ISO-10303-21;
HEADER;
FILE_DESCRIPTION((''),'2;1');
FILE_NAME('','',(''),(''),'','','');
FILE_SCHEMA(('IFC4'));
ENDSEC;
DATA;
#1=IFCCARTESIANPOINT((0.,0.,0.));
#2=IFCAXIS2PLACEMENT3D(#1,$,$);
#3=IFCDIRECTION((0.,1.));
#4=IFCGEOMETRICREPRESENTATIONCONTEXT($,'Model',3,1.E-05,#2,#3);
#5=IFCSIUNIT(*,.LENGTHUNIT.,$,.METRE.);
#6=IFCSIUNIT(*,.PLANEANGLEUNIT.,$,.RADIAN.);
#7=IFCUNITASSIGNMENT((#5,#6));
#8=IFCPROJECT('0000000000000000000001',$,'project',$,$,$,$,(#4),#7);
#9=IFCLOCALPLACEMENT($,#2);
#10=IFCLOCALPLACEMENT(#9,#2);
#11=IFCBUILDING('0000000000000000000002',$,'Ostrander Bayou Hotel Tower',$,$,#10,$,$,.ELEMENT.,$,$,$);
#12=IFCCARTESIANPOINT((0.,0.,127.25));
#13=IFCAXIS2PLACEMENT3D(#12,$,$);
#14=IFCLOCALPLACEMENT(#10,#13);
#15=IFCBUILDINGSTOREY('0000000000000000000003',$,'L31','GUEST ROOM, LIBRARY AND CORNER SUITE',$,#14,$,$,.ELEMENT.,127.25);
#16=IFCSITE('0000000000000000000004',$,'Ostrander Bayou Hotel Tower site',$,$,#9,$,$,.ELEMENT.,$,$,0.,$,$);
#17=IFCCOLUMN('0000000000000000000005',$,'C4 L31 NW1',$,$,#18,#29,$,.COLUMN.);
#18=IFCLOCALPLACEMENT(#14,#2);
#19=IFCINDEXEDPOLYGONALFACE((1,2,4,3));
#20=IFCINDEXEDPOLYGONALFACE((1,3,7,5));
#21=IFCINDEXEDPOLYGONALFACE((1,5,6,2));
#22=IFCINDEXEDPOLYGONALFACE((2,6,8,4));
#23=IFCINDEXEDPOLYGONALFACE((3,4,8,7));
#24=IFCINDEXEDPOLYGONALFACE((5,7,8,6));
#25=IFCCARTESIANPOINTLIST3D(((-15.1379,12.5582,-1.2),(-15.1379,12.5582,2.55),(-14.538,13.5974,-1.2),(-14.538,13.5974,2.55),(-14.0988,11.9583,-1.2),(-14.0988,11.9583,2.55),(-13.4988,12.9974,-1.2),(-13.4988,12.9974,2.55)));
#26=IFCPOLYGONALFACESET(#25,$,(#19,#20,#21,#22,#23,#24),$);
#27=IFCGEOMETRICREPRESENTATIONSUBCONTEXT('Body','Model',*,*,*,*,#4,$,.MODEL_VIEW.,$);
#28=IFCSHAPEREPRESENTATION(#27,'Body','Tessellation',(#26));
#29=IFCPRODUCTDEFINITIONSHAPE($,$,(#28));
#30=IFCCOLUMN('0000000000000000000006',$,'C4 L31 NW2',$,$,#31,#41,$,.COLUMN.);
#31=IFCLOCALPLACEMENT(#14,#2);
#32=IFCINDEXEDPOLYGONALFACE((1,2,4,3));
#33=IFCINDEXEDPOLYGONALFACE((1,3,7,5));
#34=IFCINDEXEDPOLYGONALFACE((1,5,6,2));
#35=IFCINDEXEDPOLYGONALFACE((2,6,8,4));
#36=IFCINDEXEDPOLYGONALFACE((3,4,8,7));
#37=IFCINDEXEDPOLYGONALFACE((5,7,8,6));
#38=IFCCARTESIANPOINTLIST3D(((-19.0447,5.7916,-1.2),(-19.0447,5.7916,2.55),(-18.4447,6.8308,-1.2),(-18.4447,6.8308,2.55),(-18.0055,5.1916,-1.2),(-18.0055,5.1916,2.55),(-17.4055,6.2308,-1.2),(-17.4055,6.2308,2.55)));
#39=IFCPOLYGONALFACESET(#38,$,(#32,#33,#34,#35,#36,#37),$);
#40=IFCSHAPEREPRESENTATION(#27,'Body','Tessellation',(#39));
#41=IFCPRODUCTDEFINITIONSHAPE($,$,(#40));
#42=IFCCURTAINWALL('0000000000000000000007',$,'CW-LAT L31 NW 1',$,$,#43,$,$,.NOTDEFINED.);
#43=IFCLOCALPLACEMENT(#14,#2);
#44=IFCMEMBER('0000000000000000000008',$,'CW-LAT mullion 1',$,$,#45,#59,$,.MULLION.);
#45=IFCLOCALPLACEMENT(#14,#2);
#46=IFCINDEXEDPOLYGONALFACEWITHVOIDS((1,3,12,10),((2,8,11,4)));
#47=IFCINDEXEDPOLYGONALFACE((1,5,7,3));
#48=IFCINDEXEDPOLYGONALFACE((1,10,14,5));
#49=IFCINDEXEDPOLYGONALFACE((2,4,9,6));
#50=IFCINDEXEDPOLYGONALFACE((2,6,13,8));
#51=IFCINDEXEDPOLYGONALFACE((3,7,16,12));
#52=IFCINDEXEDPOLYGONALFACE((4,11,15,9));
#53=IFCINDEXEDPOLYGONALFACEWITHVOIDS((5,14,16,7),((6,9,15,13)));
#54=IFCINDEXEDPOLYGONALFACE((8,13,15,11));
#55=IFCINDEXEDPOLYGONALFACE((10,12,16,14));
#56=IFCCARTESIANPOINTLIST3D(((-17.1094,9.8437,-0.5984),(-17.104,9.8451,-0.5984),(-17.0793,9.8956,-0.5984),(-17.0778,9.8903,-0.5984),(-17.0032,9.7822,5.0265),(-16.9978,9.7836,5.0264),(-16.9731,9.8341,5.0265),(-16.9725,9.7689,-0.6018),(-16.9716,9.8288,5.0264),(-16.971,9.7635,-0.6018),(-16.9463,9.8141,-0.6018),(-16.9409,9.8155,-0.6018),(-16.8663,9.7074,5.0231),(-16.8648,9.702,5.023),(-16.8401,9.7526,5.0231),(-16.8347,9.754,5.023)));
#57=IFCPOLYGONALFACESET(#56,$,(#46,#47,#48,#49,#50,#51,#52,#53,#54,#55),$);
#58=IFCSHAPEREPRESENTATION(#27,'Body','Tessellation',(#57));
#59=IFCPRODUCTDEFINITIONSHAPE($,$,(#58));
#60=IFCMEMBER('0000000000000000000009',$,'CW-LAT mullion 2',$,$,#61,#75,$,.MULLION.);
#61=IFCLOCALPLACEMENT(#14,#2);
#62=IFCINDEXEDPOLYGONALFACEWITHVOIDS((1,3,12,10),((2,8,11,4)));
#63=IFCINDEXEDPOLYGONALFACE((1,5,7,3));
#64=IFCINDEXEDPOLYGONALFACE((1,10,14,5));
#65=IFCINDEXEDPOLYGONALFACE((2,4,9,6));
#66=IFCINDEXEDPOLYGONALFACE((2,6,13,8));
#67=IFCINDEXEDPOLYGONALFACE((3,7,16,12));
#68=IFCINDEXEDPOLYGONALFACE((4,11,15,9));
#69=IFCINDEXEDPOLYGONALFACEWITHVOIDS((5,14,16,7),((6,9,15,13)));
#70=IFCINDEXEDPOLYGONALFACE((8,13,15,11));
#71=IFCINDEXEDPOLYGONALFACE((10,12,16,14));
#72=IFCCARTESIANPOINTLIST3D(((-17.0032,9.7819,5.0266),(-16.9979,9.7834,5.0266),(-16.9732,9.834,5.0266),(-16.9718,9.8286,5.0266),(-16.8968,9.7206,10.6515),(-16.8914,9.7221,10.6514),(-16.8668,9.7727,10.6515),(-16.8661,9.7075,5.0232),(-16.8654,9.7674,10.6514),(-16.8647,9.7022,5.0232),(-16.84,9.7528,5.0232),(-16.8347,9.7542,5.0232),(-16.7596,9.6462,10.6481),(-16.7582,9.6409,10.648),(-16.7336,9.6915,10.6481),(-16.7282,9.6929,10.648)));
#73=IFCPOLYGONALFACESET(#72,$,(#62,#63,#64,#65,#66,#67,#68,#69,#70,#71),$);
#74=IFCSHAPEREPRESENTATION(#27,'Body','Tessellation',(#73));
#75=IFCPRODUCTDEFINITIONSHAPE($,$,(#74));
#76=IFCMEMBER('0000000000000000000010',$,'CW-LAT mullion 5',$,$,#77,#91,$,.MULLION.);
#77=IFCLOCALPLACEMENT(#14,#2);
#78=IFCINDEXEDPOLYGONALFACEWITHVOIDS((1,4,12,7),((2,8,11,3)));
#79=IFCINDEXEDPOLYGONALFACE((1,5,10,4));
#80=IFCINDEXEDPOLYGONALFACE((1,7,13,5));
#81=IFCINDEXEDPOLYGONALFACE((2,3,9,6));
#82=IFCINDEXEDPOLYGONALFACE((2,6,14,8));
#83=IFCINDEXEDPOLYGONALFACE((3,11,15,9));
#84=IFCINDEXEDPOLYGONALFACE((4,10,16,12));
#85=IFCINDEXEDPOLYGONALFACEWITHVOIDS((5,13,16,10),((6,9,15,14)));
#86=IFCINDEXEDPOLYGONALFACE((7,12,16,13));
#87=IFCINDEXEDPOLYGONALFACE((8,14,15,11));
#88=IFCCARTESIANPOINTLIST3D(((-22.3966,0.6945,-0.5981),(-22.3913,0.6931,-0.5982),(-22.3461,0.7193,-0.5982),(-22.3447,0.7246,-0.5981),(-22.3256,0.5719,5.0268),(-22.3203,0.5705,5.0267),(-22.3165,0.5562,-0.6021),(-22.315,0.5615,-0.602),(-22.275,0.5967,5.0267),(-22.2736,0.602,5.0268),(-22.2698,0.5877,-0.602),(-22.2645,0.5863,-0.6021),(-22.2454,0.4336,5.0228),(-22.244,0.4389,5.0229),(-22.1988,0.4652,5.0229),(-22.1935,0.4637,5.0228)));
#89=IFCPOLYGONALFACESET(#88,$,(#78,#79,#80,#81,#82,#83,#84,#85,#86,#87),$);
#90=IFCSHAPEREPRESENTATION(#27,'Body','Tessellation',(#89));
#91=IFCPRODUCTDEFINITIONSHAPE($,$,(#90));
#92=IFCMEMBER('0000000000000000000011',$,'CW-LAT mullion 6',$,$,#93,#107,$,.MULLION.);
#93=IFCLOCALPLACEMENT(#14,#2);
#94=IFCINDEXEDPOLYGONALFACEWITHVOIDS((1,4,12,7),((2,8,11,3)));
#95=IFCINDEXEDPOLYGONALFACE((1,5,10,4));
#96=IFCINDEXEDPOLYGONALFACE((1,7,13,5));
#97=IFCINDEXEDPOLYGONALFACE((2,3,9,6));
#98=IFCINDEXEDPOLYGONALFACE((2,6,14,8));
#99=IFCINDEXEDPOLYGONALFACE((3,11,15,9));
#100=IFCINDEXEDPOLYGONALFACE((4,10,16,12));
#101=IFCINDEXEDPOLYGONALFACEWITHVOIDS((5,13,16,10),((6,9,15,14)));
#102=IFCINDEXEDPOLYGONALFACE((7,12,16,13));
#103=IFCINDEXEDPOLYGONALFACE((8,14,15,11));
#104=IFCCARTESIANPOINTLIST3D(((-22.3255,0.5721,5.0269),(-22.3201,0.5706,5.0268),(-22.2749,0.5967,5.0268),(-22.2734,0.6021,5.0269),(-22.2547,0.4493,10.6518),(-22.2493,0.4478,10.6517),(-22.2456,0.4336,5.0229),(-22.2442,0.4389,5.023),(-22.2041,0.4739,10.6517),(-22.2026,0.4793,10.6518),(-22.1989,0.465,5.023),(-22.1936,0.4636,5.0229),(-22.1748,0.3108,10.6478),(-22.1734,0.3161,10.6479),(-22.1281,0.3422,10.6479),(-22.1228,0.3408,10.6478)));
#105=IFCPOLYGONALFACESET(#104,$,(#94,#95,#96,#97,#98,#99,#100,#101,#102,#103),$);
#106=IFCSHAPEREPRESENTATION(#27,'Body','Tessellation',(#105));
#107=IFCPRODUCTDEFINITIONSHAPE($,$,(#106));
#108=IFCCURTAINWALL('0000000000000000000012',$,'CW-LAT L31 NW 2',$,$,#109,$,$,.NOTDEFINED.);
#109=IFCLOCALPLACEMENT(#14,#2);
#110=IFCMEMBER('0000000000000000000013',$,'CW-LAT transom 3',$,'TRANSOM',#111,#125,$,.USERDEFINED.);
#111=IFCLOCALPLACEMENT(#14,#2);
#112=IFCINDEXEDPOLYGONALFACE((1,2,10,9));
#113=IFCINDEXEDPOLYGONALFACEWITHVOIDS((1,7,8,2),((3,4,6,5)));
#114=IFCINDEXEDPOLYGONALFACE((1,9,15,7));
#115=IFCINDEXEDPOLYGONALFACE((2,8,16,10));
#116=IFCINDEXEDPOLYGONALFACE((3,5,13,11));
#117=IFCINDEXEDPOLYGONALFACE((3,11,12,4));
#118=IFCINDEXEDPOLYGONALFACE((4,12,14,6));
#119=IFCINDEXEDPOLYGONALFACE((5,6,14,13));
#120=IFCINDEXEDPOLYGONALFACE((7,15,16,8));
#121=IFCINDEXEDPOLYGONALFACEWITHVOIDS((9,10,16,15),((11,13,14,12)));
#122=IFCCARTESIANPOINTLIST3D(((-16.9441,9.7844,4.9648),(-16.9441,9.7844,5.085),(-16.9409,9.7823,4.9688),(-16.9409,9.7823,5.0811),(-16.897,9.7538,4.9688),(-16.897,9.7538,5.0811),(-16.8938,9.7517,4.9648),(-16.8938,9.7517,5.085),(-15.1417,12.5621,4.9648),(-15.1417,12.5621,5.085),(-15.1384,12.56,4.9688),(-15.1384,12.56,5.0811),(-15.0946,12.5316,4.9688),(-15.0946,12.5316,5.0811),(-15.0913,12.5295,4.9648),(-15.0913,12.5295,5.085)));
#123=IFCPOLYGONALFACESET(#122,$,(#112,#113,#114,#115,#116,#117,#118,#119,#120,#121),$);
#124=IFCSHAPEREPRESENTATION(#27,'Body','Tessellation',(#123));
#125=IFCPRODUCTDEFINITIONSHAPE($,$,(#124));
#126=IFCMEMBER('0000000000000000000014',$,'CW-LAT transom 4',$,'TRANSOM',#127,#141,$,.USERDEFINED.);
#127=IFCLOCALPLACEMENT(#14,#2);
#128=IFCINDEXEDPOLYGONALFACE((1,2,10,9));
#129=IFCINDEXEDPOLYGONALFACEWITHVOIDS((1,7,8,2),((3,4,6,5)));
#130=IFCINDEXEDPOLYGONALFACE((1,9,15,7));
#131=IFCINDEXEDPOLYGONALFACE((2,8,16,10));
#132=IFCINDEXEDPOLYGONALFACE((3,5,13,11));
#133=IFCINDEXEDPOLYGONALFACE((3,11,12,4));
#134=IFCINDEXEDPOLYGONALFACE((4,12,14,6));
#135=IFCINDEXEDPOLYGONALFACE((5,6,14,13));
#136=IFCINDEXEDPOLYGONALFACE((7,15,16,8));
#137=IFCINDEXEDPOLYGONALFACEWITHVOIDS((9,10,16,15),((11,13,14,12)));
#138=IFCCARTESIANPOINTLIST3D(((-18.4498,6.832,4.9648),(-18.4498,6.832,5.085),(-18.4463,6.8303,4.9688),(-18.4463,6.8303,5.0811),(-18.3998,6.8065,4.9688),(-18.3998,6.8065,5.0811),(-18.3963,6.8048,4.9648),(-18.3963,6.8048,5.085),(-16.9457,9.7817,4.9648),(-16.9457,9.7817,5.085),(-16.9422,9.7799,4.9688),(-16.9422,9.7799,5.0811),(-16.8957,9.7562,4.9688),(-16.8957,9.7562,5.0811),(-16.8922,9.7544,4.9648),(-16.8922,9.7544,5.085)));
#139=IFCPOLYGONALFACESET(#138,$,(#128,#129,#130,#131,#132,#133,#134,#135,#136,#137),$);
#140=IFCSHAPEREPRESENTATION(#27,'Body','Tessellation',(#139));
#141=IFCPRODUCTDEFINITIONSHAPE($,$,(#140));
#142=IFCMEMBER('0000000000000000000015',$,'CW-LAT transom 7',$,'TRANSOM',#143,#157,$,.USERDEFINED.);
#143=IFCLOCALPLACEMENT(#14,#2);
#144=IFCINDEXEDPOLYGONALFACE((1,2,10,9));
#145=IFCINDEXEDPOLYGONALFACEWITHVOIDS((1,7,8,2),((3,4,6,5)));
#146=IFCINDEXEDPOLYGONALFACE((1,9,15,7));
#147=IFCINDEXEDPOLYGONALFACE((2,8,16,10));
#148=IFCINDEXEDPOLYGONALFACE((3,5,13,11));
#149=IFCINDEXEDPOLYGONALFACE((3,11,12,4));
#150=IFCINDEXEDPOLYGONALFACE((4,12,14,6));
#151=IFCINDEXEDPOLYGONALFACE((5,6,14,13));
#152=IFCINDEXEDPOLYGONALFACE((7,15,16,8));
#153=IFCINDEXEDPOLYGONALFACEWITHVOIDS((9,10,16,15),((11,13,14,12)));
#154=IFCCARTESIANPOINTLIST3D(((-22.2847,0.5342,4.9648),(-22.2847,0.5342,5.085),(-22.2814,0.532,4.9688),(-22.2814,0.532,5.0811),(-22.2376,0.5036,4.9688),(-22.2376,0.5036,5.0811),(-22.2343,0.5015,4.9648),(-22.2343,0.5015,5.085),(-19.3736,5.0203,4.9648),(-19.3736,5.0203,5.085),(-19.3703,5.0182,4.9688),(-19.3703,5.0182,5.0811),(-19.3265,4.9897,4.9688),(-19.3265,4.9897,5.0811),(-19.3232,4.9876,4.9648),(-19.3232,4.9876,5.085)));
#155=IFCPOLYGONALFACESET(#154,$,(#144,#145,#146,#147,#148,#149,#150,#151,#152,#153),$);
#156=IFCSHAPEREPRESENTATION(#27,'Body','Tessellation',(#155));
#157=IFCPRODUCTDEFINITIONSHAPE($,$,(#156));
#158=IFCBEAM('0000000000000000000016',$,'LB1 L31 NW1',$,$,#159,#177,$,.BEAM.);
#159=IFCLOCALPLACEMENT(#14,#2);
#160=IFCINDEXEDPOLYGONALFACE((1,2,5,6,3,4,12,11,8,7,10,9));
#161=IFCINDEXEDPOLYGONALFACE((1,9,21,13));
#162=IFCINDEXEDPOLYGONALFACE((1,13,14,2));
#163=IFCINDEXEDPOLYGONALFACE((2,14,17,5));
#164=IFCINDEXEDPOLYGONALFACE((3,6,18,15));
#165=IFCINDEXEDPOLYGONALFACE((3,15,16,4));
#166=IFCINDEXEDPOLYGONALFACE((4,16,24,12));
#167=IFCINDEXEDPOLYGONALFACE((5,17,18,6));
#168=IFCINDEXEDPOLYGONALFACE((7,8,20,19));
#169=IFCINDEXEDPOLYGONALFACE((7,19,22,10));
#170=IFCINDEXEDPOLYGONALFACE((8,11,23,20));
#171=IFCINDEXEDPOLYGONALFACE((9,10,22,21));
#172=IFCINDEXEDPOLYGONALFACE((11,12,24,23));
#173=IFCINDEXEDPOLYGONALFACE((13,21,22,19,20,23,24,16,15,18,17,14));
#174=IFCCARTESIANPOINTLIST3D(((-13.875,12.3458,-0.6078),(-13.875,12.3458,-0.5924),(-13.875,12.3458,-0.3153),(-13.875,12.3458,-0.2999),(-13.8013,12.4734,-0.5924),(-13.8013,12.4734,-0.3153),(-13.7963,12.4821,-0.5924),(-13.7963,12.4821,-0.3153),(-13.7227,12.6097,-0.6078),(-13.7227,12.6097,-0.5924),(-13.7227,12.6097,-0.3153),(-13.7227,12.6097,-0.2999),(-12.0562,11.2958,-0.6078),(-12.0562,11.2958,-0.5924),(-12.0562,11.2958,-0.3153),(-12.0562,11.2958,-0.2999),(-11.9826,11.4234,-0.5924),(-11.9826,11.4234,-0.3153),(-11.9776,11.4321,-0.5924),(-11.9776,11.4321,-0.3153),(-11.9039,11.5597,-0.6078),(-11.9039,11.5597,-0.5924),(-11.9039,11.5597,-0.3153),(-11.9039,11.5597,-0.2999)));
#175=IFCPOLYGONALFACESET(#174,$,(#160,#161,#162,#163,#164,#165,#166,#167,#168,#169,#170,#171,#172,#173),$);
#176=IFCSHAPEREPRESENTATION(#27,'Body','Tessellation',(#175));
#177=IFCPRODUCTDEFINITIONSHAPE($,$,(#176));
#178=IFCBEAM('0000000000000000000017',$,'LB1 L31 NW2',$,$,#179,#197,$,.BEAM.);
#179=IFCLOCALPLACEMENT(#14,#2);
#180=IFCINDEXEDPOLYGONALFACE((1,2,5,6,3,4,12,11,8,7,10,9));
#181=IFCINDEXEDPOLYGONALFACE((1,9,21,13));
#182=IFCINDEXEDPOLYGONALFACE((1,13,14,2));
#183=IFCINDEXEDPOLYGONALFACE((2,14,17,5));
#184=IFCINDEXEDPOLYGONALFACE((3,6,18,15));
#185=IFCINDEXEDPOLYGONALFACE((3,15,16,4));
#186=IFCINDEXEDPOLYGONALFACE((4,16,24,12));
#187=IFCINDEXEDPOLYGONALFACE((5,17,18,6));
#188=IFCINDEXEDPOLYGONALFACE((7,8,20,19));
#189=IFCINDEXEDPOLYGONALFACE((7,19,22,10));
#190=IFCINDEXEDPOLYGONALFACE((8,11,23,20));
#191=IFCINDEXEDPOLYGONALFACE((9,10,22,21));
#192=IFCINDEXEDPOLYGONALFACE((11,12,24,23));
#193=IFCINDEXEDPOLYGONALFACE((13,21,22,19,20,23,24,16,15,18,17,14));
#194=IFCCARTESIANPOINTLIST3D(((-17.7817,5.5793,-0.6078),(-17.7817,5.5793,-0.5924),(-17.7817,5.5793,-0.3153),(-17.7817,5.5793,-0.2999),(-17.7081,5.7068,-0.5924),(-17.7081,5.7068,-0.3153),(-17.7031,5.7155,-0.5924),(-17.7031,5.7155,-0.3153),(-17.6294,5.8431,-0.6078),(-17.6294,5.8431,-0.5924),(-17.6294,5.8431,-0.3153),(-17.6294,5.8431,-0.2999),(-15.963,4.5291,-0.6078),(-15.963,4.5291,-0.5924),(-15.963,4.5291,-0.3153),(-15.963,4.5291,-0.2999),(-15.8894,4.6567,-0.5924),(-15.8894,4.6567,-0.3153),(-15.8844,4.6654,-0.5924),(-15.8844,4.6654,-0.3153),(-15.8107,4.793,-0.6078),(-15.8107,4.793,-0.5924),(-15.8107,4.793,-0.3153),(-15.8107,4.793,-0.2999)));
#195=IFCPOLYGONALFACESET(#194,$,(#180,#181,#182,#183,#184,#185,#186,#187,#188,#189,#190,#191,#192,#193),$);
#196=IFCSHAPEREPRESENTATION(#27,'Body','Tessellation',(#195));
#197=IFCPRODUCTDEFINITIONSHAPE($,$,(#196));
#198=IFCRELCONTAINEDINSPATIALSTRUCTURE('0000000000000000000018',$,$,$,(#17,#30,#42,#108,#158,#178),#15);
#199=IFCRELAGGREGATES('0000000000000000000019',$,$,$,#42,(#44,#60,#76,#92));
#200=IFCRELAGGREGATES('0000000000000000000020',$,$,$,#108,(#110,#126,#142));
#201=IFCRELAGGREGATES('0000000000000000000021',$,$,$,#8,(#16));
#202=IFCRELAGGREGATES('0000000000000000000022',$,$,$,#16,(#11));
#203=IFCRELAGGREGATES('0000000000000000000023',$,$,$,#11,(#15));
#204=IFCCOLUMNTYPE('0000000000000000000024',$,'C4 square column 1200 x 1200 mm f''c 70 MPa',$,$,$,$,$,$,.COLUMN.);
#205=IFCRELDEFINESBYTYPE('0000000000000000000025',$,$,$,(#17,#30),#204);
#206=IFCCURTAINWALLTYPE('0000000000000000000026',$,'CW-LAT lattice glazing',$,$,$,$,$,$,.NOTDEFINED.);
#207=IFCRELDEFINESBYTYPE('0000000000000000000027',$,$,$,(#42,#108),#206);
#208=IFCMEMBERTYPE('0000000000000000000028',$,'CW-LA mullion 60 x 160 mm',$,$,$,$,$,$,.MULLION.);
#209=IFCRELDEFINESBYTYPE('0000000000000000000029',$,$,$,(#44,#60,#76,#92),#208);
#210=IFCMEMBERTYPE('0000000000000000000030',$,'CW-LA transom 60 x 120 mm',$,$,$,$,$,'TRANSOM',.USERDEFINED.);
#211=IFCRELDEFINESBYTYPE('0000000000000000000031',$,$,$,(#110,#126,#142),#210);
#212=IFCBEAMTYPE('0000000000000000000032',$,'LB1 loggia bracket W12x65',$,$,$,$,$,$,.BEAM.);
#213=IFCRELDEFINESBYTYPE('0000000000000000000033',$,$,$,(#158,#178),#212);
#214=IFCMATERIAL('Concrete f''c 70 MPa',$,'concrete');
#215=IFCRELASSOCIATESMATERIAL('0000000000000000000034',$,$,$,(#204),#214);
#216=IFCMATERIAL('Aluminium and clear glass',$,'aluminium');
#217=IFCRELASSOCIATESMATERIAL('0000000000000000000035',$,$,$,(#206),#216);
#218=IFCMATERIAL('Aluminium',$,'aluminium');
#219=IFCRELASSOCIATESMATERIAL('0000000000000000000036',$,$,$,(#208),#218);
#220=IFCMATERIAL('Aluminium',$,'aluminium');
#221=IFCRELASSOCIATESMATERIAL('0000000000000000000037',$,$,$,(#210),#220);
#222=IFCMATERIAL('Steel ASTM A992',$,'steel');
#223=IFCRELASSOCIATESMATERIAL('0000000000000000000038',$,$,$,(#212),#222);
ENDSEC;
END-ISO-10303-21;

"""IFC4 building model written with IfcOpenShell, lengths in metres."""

from ifc_helpers import new_model, si_unit, direction, frame, origin, origin_2d, place, context, subcontext, project, spatial, rectangle, hollow_rectangle, i_section, extrude, material, material_profile, profile_set, type_object, element, aggregate, save


model = new_model("IFC4")

# Units and contexts
model_context = context("Model", 3, precision=1e-05, world=origin(), true_north=direction((0.0, 1.0)))
body_context = subcontext(model_context, "Body", "Model", "MODEL_VIEW")
ifc_project = project(units=[si_unit("LENGTHUNIT", "METRE"), si_unit("PLANEANGLEUNIT", "RADIAN")], contexts=[model_context])

# Site, building, storey
site_placement = place(None, origin())
site = spatial("IfcSite", under=ifc_project, at=site_placement, Name="Ostrander Bayou Hotel Tower site", CompositionType="ELEMENT", RefElevation=0.0)
building_placement = place(site_placement, origin())
building = spatial("IfcBuilding", under=site, at=building_placement, Name="Ostrander Bayou Hotel Tower", CompositionType="ELEMENT")
storey_placement = place(building_placement, frame((0.0, 0.0, 127.25)))
storey = spatial("IfcBuildingStorey", under=building, at=storey_placement, Name="L31", Description="GUEST ROOM, LIBRARY AND CORNER SUITE", CompositionType="ELEMENT", Elevation=127.25)

# Columns
ifc_material_1 = material(Name="Concrete f'c 70 MPa", Category="concrete")
ifc_material_profile_1 = material_profile(ifc_material_1, rectangle(XDim=1.2, YDim=1.2, at=origin_2d()))
ifc_profile_set_1 = profile_set([ifc_material_profile_1], Name="Concrete f'c 70 MPa")
column_type = type_object("IfcColumnType", Name="C4 square column 1200 x 1200 mm f'c 70 MPa", PredefinedType="COLUMN", material=ifc_profile_set_1)
for number, where, z_axis, x_axis, name in (
    (1, (-14.3184, 12.7778, -1.2), (0.0, 0.0, 1.0), (0.5, 0.866025, 0.0), "C4 L31 NW1"),
    (2, (-18.2251, 6.0112, -1.2), (0.0, 0.0, 1.0), (0.5, 0.866025, 0.0), "C4 L31 NW2"),
):
    element("IfcColumn", number, at=place(storey_placement, frame(where, z_axis=z_axis, x_axis=x_axis)), inside=storey, type_object=column_type, Name=name, PredefinedType="COLUMN", context=body_context, shape_type="SweptSolid", body=[
        extrude(rectangle(XDim=1.2, YDim=1.2, at=origin_2d()), origin(), (0.0, 0.0, 1.0), 3.75),
    ])

# Curtain walls, members
ifc_material_2 = material(Name="Aluminium and clear glass", Category="aluminium")
curtain_wall_type = type_object("IfcCurtainWallType", Name="CW-LAT lattice glazing", PredefinedType="NOTDEFINED", material=ifc_material_2)
curtain_wall_1_placement = place(storey_placement, origin())
curtain_wall_1 = element("IfcCurtainWall", 3, at=curtain_wall_1_placement, inside=storey, type_object=curtain_wall_type, Name="CW-LAT L31 NW 1", PredefinedType="NOTDEFINED")
ifc_material_3 = material(Name="Aluminium", Category="aluminium")
ifc_material_profile_2 = material_profile(ifc_material_3, hollow_rectangle(XDim=0.0601, YDim=0.1599, WallThickness=0.0039, at=origin_2d()))
ifc_profile_set_2 = profile_set([ifc_material_profile_2], Name="Aluminium")
member_type_1 = type_object("IfcMemberType", Name="CW-LA mullion 60 x 160 mm", PredefinedType="MULLION", material=ifc_profile_set_2)
member_1_placement = place(storey_placement, frame((-17.0251, 9.8296, -0.6001), z_axis=(0.018876, -0.010935, 0.999762), x_axis=(0.501271, 0.86529, 0.0)))
member_1 = element("IfcMember", 4, at=member_1_placement, type_object=member_type_1, Name="CW-LAT mullion 1", PredefinedType="MULLION", context=body_context, shape_type="SweptSolid", body=[
    extrude(hollow_rectangle(XDim=0.0601, YDim=0.1599, WallThickness=0.0039, at=origin_2d()), origin(), (0.0, 0.0, 1.0), 5.6262),
])
member_2_placement = place(storey_placement, frame((-16.9189, 9.7681, 5.0249), z_axis=(0.018919, -0.010892, 0.999762), x_axis=(0.498919, 0.866649, 0.0)))
member_2 = element("IfcMember", 5, at=member_2_placement, type_object=member_type_1, Name="CW-LAT mullion 2", PredefinedType="MULLION", context=body_context, shape_type="SweptSolid", body=[
    extrude(hollow_rectangle(XDim=0.0601, YDim=0.1599, WallThickness=0.0039, at=origin_2d()), origin(), (0.0, 0.0, 1.0), 5.6262),
])
member_3_placement = place(storey_placement, frame((-22.3306, 0.6404, -0.6001), z_axis=(0.012626, -0.021781, 0.999683), x_axis=(0.865151, 0.501512, 0.0)))
member_3 = element("IfcMember", 6, at=member_3_placement, type_object=member_type_1, Name="CW-LAT mullion 5", PredefinedType="MULLION", context=body_context, shape_type="SweptSolid", body=[
    extrude(hollow_rectangle(XDim=0.0601, YDim=0.1599, WallThickness=0.0039, at=origin_2d()), origin(), (0.0, 0.0, 1.0), 5.6267),
])
member_4_placement = place(storey_placement, frame((-22.2595, 0.5178, 5.0249), z_axis=(0.012583, -0.021825, 0.999683), x_axis=(0.866329, 0.499474, 0.0)))
member_4 = element("IfcMember", 7, at=member_4_placement, type_object=member_type_1, Name="CW-LAT mullion 6", PredefinedType="MULLION", context=body_context, shape_type="SweptSolid", body=[
    extrude(hollow_rectangle(XDim=0.0601, YDim=0.1599, WallThickness=0.0039, at=origin_2d()), origin(), (0.0, 0.0, 1.0), 5.6267),
])
curtain_wall_2_placement = place(storey_placement, origin())
curtain_wall_2 = element("IfcCurtainWall", 8, at=curtain_wall_2_placement, inside=storey, type_object=curtain_wall_type, Name="CW-LAT L31 NW 2", PredefinedType="NOTDEFINED")
ifc_material_4 = material(Name="Aluminium", Category="aluminium")
ifc_material_profile_3 = material_profile(ifc_material_4, hollow_rectangle(XDim=0.0601, YDim=0.1201, WallThickness=0.0039, at=origin_2d()))
ifc_profile_set_3 = profile_set([ifc_material_profile_3], Name="Aluminium")
member_type_2 = type_object("IfcMemberType", Name="CW-LA transom 60 x 120 mm", ElementType="TRANSOM", PredefinedType="USERDEFINED", material=ifc_profile_set_3)
member_5_placement = place(storey_placement, frame((-16.9189, 9.7681, 5.0249), z_axis=(0.54433, 0.838871, 0.0), x_axis=(-0.838871, 0.54433, 0.0)))
member_5 = element("IfcMember", 9, at=member_5_placement, type_object=member_type_2, Name="CW-LAT transom 3", ObjectType="TRANSOM", PredefinedType="USERDEFINED", context=body_context, shape_type="SweptSolid", body=[
    extrude(hollow_rectangle(XDim=0.0601, YDim=0.1201, WallThickness=0.0039, at=origin_2d()), origin(), (0.0, 0.0, 1.0), 3.3113),
])
member_6_placement = place(storey_placement, frame((-16.9189, 9.7681, 5.0249), z_axis=(-0.454278, -0.89086, 0.0), x_axis=(0.89086, -0.454278, 0.0)))
member_6 = element("IfcMember", 10, at=member_6_placement, type_object=member_type_2, Name="CW-LAT transom 4", ObjectType="TRANSOM", PredefinedType="USERDEFINED", context=body_context, shape_type="SweptSolid", body=[
    extrude(hollow_rectangle(XDim=0.0601, YDim=0.1201, WallThickness=0.0039, at=origin_2d()), origin(), (0.0, 0.0, 1.0), 3.311),
])
member_7_placement = place(storey_placement, frame((-22.2595, 0.5178, 5.0249), z_axis=(0.544354, 0.838855, 0.0), x_axis=(-0.838855, 0.544354, 0.0)))
member_7 = element("IfcMember", 11, at=member_7_placement, type_object=member_type_2, Name="CW-LAT transom 7", ObjectType="TRANSOM", PredefinedType="USERDEFINED", context=body_context, shape_type="SweptSolid", body=[
    extrude(hollow_rectangle(XDim=0.0601, YDim=0.1201, WallThickness=0.0039, at=origin_2d()), origin(), (0.0, 0.0, 1.0), 5.3479),
])

# Beams
ifc_material_5 = material(Name="Steel ASTM A992", Category="steel")
ifc_material_profile_4 = material_profile(ifc_material_5, i_section(OverallWidth=0.3047, OverallDepth=0.3079, WebThickness=0.01, FlangeThickness=0.0154, at=origin_2d()))
ifc_profile_set_4 = profile_set([ifc_material_profile_4], Name="Steel ASTM A992")
beam_type_1 = type_object("IfcBeamType", Name="LB1 loggia bracket W12x65", PredefinedType="BEAM", material=ifc_profile_set_4)
for number, where, z_axis, x_axis, name in (
    (12, (-13.7988, 12.4778, -0.4539), (0.866038, -0.499977, 0.0), (0.499977, 0.866038, 0.0), "LB1 L31 NW1"),
    (13, (-17.7056, 5.7112, -0.4539), (0.866009, -0.500028, 0.0), (0.500028, 0.866009, 0.0), "LB1 L31 NW2"),
):
    element("IfcBeam", number, at=place(storey_placement, frame(where, z_axis=z_axis, x_axis=x_axis)), inside=storey, type_object=beam_type_1, Name=name, PredefinedType="BEAM", context=body_context, shape_type="SweptSolid", body=[
        extrude(i_section(OverallWidth=0.3047, OverallDepth=0.3079, WebThickness=0.01, FlangeThickness=0.0154, at=origin_2d()), origin(), (0.0, 0.0, 1.0), 2.1001),
    ])

aggregate(curtain_wall_1, [member_1, member_2, member_3, member_4])
aggregate(curtain_wall_2, [member_5, member_6, member_7])

save(model, "model.ifc")
